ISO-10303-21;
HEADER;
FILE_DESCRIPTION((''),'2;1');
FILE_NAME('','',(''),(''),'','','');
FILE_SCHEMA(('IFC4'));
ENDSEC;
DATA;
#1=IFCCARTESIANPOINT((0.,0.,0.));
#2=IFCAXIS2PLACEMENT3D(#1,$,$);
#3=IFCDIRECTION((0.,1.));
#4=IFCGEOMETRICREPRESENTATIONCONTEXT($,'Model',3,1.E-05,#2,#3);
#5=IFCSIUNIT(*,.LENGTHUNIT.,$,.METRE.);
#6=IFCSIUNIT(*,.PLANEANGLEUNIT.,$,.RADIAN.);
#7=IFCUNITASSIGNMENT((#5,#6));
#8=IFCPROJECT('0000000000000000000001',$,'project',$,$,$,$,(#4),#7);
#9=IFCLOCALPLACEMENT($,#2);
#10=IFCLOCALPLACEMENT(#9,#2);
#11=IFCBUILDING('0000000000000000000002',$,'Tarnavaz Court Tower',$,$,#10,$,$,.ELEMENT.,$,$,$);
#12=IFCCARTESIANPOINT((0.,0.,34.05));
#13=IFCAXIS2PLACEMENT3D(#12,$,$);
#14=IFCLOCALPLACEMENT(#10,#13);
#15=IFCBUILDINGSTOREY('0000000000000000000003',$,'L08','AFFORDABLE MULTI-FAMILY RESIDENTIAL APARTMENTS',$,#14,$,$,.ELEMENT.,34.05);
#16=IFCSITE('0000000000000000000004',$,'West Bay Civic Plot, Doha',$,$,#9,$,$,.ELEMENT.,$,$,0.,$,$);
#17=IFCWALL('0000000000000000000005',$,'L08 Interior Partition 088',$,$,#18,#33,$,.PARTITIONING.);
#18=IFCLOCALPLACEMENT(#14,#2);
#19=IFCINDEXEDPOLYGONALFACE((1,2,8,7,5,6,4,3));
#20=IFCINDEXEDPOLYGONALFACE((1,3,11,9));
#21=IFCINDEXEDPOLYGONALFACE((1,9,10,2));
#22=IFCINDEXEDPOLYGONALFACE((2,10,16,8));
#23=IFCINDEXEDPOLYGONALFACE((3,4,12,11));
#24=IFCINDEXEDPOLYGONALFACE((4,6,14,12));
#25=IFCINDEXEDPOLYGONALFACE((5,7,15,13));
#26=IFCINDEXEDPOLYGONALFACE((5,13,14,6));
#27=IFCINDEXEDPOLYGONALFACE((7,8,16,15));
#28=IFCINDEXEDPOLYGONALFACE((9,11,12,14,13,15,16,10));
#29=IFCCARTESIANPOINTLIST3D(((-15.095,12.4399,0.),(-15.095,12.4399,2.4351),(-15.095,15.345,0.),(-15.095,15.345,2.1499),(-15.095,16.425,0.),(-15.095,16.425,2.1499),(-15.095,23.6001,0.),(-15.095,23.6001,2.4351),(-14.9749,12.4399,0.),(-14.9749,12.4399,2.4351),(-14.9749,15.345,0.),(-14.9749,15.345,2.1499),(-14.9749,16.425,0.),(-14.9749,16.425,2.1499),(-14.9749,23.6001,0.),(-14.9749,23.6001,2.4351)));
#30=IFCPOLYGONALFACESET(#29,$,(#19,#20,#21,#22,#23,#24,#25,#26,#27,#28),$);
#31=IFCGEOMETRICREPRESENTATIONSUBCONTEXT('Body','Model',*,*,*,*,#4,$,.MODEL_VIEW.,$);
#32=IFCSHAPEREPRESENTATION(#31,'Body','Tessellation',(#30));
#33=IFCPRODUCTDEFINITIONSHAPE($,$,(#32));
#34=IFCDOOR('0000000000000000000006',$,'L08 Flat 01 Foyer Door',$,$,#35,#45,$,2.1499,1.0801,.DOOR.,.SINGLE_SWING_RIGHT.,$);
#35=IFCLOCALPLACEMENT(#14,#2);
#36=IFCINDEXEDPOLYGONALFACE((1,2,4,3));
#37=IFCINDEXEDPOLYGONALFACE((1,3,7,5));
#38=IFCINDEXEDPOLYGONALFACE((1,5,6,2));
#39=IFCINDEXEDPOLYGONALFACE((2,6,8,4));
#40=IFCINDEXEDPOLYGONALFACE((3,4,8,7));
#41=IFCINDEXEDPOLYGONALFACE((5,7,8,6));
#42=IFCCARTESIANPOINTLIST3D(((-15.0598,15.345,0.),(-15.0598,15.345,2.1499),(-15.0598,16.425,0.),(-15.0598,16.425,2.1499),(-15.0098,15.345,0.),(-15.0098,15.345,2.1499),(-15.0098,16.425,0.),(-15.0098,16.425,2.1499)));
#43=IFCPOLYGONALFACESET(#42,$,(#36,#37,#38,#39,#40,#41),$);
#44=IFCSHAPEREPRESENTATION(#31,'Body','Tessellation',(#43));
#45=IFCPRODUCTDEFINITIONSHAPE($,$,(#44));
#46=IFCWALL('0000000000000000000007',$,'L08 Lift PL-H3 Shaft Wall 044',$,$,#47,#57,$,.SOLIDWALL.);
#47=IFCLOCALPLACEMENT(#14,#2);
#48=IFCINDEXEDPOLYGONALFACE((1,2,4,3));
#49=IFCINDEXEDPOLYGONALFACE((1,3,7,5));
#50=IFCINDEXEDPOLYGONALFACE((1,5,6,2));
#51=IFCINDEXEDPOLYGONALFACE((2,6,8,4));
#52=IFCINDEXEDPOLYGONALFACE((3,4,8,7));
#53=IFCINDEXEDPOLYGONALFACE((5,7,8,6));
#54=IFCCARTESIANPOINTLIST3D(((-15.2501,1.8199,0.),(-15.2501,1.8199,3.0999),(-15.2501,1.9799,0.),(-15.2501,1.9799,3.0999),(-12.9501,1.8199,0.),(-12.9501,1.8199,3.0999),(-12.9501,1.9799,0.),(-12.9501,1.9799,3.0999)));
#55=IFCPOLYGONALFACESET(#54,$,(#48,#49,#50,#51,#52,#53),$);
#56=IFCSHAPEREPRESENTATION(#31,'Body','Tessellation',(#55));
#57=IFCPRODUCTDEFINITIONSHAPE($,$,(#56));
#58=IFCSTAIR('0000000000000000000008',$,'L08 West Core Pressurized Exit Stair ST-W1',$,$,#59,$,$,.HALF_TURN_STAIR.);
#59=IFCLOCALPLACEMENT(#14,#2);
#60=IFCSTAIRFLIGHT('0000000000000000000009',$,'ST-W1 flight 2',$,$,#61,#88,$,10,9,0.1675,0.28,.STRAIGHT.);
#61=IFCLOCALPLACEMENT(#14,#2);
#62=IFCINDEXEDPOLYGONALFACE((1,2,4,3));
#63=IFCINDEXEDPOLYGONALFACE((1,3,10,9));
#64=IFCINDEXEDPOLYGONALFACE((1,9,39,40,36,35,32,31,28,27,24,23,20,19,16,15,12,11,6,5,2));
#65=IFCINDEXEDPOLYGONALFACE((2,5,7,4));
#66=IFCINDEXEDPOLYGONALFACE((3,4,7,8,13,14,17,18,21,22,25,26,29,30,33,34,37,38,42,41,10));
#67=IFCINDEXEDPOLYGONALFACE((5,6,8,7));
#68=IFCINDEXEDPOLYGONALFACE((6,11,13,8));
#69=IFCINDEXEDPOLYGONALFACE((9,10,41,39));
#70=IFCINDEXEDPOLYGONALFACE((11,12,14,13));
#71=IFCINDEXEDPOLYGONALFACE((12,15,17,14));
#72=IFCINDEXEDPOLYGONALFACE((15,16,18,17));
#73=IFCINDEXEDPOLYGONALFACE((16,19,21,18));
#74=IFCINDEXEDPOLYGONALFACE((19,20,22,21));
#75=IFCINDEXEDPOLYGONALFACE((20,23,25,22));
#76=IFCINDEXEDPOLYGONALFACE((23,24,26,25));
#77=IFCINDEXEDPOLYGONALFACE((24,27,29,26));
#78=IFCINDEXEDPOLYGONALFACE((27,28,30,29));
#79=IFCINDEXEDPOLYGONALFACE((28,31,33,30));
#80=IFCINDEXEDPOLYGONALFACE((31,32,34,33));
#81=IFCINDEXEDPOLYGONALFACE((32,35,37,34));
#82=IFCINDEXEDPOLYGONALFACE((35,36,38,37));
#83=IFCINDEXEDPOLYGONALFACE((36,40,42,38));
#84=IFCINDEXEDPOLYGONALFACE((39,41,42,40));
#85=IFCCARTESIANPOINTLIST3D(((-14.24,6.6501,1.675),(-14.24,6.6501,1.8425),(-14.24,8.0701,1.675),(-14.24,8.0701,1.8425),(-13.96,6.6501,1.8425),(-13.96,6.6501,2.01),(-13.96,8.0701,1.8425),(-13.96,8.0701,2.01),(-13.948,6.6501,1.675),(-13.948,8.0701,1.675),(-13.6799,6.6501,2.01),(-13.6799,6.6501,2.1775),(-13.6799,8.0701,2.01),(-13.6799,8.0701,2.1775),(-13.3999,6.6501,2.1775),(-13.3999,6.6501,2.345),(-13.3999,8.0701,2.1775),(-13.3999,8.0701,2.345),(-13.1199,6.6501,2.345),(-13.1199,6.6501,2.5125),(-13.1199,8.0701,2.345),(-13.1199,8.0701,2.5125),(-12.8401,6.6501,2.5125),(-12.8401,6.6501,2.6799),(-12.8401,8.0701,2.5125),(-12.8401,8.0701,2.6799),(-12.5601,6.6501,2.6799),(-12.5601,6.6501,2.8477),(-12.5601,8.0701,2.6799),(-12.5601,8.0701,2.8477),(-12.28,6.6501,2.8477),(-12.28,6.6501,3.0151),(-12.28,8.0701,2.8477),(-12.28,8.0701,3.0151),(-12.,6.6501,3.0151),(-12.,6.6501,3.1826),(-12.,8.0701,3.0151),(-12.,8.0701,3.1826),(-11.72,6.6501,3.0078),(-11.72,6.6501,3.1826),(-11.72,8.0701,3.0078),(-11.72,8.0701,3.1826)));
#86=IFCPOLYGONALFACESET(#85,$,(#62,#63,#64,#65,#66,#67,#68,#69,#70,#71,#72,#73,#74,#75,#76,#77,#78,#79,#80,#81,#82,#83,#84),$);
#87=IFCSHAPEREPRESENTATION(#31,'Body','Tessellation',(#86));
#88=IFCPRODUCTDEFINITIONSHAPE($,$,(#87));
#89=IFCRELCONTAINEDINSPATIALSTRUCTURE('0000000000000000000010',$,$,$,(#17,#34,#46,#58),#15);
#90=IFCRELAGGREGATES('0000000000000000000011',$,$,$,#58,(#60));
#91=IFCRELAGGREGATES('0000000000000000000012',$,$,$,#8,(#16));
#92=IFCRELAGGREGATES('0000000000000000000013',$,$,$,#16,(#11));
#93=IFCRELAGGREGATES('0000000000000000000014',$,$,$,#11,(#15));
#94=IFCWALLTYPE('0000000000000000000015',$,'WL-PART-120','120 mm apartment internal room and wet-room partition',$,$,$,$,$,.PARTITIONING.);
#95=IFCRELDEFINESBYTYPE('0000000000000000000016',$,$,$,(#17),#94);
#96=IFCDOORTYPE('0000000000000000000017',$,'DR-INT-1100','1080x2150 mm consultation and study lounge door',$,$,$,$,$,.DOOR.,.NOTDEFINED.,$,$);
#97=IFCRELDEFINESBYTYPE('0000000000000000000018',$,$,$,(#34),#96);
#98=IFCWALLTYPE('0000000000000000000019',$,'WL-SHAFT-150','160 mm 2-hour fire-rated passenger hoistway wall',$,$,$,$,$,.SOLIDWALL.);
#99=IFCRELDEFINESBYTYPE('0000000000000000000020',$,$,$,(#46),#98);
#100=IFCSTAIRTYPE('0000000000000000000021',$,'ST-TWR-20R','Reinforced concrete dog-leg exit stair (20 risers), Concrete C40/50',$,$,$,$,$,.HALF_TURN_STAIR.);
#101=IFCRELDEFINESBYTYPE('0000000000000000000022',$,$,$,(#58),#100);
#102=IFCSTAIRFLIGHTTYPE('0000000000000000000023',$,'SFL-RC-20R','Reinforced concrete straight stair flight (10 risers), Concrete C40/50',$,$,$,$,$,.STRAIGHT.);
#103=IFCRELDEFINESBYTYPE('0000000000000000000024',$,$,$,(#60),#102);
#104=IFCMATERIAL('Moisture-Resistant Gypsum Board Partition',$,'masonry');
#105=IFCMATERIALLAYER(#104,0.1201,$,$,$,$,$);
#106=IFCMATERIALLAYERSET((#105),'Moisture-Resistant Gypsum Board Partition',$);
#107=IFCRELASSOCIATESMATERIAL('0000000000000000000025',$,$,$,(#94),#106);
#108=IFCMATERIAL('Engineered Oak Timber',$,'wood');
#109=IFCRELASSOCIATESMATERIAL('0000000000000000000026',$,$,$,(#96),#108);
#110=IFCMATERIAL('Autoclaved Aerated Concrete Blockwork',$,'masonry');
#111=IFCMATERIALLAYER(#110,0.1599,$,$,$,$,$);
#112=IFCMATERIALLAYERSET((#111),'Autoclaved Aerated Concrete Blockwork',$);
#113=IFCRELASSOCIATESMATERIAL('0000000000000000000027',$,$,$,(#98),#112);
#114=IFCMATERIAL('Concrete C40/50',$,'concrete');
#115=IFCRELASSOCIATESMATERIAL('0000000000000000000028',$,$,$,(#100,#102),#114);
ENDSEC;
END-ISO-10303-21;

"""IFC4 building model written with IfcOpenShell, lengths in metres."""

from ifc_helpers import new_model, si_unit, direction, frame, frame_2d, origin, place, context, subcontext, project, spatial, polyline, rectangle, outline, extrude, material, layer, layer_set, type_object, element, fill, aggregate, save


model = new_model("IFC4")

# Units and contexts
model_context = context("Model", 3, precision=1e-05, world=origin(), true_north=direction((0.0, 1.0)))
body_context = subcontext(model_context, "Body", "Model", "MODEL_VIEW")
ifc_project = project(units=[si_unit("LENGTHUNIT", "METRE"), si_unit("PLANEANGLEUNIT", "RADIAN")], contexts=[model_context])

# Site, building, storey
site_placement = place(None, origin())
site = spatial("IfcSite", under=ifc_project, at=site_placement, Name="West Bay Civic Plot, Doha", CompositionType="ELEMENT", RefElevation=0.0)
building_placement = place(site_placement, origin())
building = spatial("IfcBuilding", under=site, at=building_placement, Name="Tarnavaz Court Tower", CompositionType="ELEMENT")
storey_placement = place(building_placement, frame((0.0, 0.0, 34.05)))
storey = spatial("IfcBuildingStorey", under=building, at=storey_placement, Name="L08", Description="AFFORDABLE MULTI-FAMILY RESIDENTIAL APARTMENTS", CompositionType="ELEMENT", Elevation=34.05)

# Shared definitions
ifc_material_1 = material(Name="Engineered Oak Timber", Category="wood")

# Shared definitions
ifc_material_2 = material(Name="Autoclaved Aerated Concrete Blockwork", Category="masonry")

# Wall, opening, door
ifc_material_3 = material(Name="Moisture-Resistant Gypsum Board Partition", Category="masonry")
ifc_layer_1 = layer(ifc_material_3, 0.1201)
ifc_layer_set_1 = layer_set([ifc_layer_1], Name="Moisture-Resistant Gypsum Board Partition")
wall_type_1 = type_object("IfcWallType", Name="WL-PART-120", Description="120 mm apartment internal room and wet-room partition", PredefinedType="PARTITIONING", material=ifc_layer_set_1)
wall_1_placement = place(storey_placement, frame((-15.0349, 12.4399, 0.0), z_axis=(0.0, 0.0, 1.0), x_axis=(0.0, 1.0, 0.0)))
wall_1 = element("IfcWall", 1, at=wall_1_placement, inside=storey, type_object=wall_type_1, Name="L08 Interior Partition 088", PredefinedType="PARTITIONING", context=body_context, shape_type="SweptSolid", body=[
    extrude(rectangle(XDim=11.1602, YDim=0.1201, at=frame_2d((5.5801, 0.0))), origin(), (0.0, 0.0, 1.0), 2.4351),
])
opening_1_placement = place(wall_1_placement, frame((2.905, 0.0, 0.0)))
opening_1 = element("IfcOpeningElement", 2, at=opening_1_placement, cuts=wall_1, PredefinedType="OPENING", context=body_context, shape_type="SweptSolid", body=[
    extrude(rectangle(XDim=1.0801, YDim=2.1499, at=frame_2d((0.54, 1.075))), frame((0.0, 0.0701, 0.0), z_axis=(0.0, -1.0, 0.0), x_axis=(1.0, 0.0, 0.0)), (0.0, 0.0, 1.0), 0.1401),
])
door_type_1 = type_object("IfcDoorType", Name="DR-INT-1100", Description="1080x2150 mm consultation and study lounge door", OperationType="NOTDEFINED", PredefinedType="DOOR", material=ifc_material_1)
door_1_placement = place(opening_1_placement, origin())
door_1 = element("IfcDoor", 3, at=door_1_placement, inside=storey, type_object=door_type_1, Name="L08 Flat 01 Foyer Door", OperationType="SINGLE_SWING_RIGHT", OverallHeight=2.1499, OverallWidth=1.0801, PredefinedType="DOOR", context=body_context, shape_type="SweptSolid", body=[
    extrude(rectangle(XDim=1.0801, YDim=2.1499, at=frame_2d((0.54, 1.075))), frame((0.0, 0.0249, 0.0), z_axis=(0.0, -1.0, 0.0), x_axis=(1.0, 0.0, 0.0)), (0.0, 0.0, 1.0), 0.05),
])
fill(opening_1, door_1)

# Wall
ifc_layer_2 = layer(ifc_material_2, 0.1599)
ifc_layer_set_2 = layer_set([ifc_layer_2], Name="Autoclaved Aerated Concrete Blockwork")
wall_type_2 = type_object("IfcWallType", Name="WL-SHAFT-150", Description="160 mm 2-hour fire-rated passenger hoistway wall", PredefinedType="SOLIDWALL", material=ifc_layer_set_2)
wall_2_placement = place(storey_placement, frame((-15.25, 1.8999, 0.0), z_axis=(0.0, 0.0, 1.0), x_axis=(1.0, 0.0, 0.0)))
element("IfcWall", 4, at=wall_2_placement, inside=storey, type_object=wall_type_2, Name="L08 Lift PL-H3 Shaft Wall 044", PredefinedType="SOLIDWALL", context=body_context, shape_type="SweptSolid", body=[
    extrude(rectangle(XDim=2.3, YDim=0.1599, at=frame_2d((1.1499, 0.0))), origin(), (0.0, 0.0, 1.0), 3.0999),
])

# Stair, stair flight
ifc_material_4 = material(Name="Concrete C40/50", Category="concrete")
stair_type = type_object("IfcStairType", Name="ST-TWR-20R", Description="Reinforced concrete dog-leg exit stair (20 risers), Concrete C40/50", PredefinedType="HALF_TURN_STAIR", material=ifc_material_4)
stair_placement = place(storey_placement, origin())
stair = element("IfcStair", 5, at=stair_placement, inside=storey, type_object=stair_type, Name="L08 West Core Pressurized Exit Stair ST-W1", PredefinedType="HALF_TURN_STAIR")
stair_flight_type = type_object("IfcStairFlightType", Name="SFL-RC-20R", Description="Reinforced concrete straight stair flight (10 risers), Concrete C40/50", PredefinedType="STRAIGHT", material=ifc_material_4)
stair_flight_placement = place(storey_placement, frame((-14.24, 7.3601, 1.675), z_axis=(0.0, 0.0, 1.0), x_axis=(1.0, 0.0, 0.0)))
stair_flight = element("IfcStairFlight", 6, at=stair_flight_placement, type_object=stair_flight_type, Name="ST-W1 flight 2", NumberOfRisers=10, NumberOfTreads=9, PredefinedType="STRAIGHT", RiserHeight=0.1675, TreadLength=0.28, context=body_context, shape_type="SweptSolid", body=[
    extrude(outline(polyline([(0.0, 0.0), (0.0, 0.1675), (0.28, 0.1675), (0.28, 0.335), (0.5601, 0.335), (0.5601, 0.5024), (0.8401, 0.5024), (0.8401, 0.6699), (1.1201, 0.6699), (1.1201, 0.8374), (1.3999, 0.8374), (1.3999, 1.0049), (1.6799, 1.0049), (1.6799, 1.1726), (1.96, 1.1726), (1.96, 1.3401), (2.24, 1.3401), (2.24, 1.5076), (2.52, 1.5076), (2.52, 1.675), (2.52, 1.3328), (0.292, 0.0), (0.0, 0.0)])), frame((0.0, 0.71, 0.0), z_axis=(0.0, -1.0, 0.0), x_axis=(1.0, 0.0, 0.0)), (0.0, 0.0, 1.0), 1.4199),
])
aggregate(stair, [stair_flight])

save(model, "model.ifc")
